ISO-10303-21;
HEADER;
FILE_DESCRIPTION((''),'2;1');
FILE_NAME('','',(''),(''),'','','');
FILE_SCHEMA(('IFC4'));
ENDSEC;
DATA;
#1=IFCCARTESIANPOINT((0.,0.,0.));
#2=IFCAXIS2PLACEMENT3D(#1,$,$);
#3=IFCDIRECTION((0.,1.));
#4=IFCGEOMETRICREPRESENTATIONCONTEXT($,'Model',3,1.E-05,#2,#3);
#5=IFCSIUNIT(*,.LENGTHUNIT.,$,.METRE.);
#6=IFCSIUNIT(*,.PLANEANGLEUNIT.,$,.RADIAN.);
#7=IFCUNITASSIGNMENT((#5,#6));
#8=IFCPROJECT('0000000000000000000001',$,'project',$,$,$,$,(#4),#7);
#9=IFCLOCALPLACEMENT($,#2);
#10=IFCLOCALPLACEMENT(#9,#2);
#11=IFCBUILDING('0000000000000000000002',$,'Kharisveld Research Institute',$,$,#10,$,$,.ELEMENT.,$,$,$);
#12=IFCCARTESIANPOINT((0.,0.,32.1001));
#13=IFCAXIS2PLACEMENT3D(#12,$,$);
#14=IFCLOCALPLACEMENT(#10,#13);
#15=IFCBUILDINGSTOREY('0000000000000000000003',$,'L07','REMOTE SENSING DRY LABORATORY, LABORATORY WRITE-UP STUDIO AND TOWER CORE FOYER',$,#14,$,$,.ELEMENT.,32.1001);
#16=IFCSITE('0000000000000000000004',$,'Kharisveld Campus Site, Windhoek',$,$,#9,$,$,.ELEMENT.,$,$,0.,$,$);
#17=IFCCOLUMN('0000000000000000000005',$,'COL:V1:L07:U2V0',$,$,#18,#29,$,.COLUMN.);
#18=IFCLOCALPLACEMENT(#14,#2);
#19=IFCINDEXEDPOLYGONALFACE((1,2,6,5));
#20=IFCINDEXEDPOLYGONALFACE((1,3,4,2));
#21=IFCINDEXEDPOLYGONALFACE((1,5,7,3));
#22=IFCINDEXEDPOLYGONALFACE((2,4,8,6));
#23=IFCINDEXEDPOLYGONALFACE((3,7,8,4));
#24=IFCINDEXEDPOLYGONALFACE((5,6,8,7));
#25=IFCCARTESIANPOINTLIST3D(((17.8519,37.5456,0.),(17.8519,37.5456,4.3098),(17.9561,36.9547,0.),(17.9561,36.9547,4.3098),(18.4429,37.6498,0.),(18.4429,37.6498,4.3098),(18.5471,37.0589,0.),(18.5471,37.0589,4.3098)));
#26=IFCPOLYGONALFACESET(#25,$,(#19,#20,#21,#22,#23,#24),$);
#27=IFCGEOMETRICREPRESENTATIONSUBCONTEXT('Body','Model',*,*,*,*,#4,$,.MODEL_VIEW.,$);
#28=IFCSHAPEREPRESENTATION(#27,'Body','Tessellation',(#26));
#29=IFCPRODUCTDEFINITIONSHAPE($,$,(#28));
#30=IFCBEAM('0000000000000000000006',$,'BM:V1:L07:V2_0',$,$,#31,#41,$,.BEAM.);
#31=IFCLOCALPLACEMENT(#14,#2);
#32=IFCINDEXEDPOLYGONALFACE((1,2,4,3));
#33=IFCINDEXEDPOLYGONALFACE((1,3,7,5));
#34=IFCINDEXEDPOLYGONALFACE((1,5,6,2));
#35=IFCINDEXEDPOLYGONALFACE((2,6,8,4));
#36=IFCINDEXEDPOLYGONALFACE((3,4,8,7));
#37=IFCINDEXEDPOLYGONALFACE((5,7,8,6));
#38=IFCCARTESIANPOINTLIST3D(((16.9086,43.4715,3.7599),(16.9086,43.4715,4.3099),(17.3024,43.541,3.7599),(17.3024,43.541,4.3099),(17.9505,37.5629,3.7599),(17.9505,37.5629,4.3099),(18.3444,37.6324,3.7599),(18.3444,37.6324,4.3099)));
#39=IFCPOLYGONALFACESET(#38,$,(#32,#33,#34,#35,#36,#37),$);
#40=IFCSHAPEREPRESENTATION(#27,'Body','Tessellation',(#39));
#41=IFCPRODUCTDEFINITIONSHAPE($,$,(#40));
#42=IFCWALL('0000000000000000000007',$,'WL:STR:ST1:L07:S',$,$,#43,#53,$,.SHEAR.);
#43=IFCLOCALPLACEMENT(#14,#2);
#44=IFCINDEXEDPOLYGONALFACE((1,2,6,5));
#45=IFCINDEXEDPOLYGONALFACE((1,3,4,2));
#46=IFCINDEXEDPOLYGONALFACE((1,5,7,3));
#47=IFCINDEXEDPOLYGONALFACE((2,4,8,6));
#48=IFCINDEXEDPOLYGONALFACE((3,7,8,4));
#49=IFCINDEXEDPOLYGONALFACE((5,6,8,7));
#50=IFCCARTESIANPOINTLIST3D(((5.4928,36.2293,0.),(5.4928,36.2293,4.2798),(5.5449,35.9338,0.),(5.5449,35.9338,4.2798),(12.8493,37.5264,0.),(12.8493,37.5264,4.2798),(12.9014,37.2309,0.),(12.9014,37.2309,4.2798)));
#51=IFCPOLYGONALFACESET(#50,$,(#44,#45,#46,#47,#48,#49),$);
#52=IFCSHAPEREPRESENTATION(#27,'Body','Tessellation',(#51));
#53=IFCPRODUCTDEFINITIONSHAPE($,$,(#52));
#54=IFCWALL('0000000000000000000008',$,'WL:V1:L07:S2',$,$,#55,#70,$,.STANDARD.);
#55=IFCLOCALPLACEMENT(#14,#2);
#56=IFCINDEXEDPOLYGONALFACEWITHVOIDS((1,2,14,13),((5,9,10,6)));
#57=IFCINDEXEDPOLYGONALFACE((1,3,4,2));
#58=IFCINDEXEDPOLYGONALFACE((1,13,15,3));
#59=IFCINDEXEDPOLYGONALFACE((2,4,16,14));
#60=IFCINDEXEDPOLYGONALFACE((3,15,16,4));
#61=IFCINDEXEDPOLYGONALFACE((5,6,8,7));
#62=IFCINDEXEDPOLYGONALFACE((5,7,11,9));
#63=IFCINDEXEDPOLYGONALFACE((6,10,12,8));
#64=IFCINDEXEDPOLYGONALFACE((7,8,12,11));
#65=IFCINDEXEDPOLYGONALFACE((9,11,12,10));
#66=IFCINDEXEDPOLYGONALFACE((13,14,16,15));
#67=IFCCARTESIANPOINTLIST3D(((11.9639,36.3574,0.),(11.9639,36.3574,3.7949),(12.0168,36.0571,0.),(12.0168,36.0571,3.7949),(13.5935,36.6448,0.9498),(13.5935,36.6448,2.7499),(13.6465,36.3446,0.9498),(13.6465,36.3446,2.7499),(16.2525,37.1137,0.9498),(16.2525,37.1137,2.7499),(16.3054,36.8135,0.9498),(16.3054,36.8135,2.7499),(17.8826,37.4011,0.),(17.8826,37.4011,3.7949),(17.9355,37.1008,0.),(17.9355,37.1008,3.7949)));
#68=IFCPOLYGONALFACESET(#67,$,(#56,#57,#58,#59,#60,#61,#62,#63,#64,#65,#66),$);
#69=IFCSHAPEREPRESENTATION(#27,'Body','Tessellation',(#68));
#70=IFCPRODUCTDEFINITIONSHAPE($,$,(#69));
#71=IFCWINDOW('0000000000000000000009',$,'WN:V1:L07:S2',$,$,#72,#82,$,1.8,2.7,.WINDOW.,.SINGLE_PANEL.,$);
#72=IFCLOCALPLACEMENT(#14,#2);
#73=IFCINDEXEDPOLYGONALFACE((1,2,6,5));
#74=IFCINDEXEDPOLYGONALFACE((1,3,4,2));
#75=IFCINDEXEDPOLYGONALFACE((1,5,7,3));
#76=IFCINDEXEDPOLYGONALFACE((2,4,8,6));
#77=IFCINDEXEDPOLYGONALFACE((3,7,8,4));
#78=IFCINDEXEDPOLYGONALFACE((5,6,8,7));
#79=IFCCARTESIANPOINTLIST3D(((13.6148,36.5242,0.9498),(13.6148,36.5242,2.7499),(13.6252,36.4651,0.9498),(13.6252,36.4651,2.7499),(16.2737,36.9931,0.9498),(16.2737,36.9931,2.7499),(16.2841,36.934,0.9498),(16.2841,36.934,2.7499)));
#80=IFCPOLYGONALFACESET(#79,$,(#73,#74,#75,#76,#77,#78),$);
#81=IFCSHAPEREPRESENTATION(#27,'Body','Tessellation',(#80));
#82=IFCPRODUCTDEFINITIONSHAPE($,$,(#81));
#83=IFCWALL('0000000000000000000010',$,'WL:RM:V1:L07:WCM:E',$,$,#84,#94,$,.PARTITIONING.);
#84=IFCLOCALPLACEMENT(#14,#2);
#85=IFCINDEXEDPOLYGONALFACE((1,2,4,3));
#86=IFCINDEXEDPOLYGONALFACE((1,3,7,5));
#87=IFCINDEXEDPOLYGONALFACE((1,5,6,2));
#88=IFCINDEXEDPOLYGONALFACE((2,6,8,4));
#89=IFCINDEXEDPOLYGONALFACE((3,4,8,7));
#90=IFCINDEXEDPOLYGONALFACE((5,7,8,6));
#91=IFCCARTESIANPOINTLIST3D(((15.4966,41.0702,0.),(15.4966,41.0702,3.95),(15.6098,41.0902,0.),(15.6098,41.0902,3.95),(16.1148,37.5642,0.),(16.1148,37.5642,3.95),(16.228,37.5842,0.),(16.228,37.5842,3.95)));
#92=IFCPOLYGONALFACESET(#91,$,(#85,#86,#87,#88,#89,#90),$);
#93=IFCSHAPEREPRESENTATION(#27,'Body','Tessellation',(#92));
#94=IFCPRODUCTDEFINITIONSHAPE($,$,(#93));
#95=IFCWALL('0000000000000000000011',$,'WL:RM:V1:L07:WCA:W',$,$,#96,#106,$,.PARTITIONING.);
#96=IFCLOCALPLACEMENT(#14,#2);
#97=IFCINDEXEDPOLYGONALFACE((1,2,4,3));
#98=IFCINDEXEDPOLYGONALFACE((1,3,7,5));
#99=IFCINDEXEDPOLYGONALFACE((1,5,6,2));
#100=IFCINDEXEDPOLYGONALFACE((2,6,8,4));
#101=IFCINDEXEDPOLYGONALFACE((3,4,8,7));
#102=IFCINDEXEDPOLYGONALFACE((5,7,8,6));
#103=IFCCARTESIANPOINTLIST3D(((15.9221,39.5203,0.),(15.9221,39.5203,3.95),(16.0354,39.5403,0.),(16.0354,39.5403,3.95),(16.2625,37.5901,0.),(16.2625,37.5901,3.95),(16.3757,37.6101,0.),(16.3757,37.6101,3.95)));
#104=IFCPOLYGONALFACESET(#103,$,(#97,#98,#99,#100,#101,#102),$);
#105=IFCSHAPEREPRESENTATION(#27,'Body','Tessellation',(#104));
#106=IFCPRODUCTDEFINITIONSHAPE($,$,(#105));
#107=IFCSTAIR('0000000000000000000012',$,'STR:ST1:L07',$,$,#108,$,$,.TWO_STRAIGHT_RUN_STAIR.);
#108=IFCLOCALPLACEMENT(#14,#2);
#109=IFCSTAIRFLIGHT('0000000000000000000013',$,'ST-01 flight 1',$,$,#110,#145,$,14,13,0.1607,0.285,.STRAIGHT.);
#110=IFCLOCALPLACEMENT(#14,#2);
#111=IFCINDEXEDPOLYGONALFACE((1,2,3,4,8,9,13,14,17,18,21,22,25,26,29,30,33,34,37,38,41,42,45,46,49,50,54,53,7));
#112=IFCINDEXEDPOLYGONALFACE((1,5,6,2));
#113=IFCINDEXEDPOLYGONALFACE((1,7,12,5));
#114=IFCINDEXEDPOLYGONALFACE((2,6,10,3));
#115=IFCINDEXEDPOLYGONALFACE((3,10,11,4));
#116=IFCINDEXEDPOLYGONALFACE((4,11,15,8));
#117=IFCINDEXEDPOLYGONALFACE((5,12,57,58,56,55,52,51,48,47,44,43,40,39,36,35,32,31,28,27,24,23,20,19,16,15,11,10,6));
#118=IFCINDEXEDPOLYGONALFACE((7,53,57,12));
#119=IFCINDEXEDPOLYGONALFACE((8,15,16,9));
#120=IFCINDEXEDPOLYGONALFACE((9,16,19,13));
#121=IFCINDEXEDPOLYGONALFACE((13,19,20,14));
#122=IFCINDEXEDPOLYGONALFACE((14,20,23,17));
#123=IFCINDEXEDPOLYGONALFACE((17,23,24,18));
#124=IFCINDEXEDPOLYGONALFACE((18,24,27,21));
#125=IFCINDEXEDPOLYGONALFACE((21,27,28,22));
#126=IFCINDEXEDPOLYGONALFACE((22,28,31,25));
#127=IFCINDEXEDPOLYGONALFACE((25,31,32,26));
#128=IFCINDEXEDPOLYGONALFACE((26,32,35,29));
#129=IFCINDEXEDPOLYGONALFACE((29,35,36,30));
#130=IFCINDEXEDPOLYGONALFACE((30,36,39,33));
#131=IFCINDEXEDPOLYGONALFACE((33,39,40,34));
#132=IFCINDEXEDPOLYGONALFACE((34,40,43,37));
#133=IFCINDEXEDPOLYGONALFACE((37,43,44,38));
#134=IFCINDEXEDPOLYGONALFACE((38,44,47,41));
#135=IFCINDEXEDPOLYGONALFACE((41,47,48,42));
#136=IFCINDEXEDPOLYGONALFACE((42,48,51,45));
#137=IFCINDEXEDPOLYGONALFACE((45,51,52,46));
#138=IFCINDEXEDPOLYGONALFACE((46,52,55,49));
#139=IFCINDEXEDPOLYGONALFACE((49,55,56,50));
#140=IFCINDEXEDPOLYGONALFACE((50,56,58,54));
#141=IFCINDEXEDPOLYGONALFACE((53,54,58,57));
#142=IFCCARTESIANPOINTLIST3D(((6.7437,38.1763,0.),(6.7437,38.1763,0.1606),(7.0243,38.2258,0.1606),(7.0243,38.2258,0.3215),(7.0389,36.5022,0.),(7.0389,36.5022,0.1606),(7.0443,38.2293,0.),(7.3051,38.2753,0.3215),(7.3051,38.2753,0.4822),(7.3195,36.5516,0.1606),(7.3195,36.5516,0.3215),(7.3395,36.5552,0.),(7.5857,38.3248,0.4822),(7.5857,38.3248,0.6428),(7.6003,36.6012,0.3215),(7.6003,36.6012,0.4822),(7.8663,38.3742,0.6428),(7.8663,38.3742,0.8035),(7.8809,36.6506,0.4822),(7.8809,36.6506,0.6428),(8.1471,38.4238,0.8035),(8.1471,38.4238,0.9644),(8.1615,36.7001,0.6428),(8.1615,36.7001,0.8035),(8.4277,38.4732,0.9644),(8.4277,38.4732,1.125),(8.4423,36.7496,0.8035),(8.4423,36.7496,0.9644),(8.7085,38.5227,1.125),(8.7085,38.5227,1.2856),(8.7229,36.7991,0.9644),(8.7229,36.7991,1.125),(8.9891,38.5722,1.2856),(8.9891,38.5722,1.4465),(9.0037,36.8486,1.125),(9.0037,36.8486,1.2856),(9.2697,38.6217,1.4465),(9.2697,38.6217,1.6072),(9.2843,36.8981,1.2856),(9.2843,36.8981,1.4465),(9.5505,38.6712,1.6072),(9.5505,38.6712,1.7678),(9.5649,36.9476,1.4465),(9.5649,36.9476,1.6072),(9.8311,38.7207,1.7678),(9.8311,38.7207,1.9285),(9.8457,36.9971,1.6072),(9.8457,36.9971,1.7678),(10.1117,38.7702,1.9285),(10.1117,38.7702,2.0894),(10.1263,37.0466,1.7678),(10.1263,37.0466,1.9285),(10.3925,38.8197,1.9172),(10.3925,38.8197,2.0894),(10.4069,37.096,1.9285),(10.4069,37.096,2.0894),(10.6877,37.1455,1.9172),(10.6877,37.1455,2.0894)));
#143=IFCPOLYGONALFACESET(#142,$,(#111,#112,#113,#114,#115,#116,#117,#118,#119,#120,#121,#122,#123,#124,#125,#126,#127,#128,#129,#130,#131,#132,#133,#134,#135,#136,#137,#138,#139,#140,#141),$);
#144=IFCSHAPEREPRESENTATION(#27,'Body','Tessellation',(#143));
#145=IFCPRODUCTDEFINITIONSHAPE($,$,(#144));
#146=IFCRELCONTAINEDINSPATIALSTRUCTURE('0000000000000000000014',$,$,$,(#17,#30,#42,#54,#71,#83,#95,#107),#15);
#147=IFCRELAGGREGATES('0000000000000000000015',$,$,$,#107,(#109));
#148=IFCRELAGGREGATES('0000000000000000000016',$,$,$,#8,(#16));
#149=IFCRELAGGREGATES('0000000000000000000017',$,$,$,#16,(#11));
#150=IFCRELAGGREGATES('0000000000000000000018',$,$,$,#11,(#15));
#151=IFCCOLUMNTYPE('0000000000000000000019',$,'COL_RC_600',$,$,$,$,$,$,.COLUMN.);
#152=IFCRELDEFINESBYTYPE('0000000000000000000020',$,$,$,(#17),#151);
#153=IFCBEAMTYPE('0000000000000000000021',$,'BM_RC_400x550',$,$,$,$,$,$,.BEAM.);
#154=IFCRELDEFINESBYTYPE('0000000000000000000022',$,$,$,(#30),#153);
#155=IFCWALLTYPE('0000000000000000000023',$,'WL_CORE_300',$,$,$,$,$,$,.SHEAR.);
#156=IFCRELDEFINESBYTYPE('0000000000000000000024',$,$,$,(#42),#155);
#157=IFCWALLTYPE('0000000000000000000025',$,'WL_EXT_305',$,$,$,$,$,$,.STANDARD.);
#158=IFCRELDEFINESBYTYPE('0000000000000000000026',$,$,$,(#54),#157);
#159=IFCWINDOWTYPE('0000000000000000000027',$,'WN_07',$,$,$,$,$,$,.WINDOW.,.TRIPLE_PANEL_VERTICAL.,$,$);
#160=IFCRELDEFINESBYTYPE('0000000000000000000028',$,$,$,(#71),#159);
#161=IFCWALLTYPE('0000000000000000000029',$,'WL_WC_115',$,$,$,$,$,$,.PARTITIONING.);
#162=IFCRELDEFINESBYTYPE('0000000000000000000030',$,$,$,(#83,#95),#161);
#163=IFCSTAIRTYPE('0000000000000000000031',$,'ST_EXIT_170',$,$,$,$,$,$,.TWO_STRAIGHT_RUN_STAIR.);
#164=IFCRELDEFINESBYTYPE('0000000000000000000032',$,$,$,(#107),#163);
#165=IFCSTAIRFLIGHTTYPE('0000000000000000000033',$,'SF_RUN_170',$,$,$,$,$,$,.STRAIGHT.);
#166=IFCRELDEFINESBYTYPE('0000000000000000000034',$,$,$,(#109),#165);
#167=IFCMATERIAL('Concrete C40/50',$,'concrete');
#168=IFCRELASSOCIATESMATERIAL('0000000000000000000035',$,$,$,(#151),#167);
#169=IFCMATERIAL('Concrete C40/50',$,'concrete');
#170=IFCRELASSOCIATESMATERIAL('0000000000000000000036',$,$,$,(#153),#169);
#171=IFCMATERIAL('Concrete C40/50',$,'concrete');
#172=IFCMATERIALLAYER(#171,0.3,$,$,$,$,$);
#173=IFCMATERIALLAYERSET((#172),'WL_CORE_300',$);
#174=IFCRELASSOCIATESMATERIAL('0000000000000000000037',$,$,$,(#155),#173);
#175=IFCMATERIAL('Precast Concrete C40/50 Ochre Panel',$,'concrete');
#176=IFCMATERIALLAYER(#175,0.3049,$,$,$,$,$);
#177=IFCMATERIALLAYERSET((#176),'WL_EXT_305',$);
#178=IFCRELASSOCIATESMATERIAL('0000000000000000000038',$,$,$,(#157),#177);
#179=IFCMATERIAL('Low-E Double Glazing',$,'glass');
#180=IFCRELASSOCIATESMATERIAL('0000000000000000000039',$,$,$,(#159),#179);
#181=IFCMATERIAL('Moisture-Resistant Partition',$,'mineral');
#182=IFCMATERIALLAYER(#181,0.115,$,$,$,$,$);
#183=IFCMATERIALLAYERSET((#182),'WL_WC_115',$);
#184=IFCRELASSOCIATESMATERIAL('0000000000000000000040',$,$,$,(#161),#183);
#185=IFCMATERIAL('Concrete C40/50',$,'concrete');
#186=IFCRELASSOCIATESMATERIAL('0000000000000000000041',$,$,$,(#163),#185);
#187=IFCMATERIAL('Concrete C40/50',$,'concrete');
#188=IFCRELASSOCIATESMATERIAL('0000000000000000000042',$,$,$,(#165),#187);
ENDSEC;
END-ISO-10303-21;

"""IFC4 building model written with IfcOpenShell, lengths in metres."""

from ifc_helpers import new_model, si_unit, direction, frame, frame_2d, origin, origin_2d, place, context, subcontext, project, spatial, polyline, rectangle, outline, extrude, material, layer, layer_set, material_profile, profile_set, type_object, element, fill, aggregate, save


model = new_model("IFC4")

# Units and contexts
model_context = context("Model", 3, precision=1e-05, world=origin(), true_north=direction((0.0, 1.0)))
body_context = subcontext(model_context, "Body", "Model", "MODEL_VIEW")
ifc_project = project(units=[si_unit("LENGTHUNIT", "METRE"), si_unit("PLANEANGLEUNIT", "RADIAN")], contexts=[model_context])

# Site, building, storey
site_placement = place(None, origin())
site = spatial("IfcSite", under=ifc_project, at=site_placement, Name="Kharisveld Campus Site, Windhoek", CompositionType="ELEMENT", RefElevation=0.0)
building_placement = place(site_placement, origin())
building = spatial("IfcBuilding", under=site, at=building_placement, Name="Kharisveld Research Institute", CompositionType="ELEMENT")
storey_placement = place(building_placement, frame((0.0, 0.0, 32.1001)))
storey = spatial("IfcBuildingStorey", under=building, at=storey_placement, Name="L07", Description="REMOTE SENSING DRY LABORATORY, LABORATORY WRITE-UP STUDIO AND TOWER CORE FOYER", CompositionType="ELEMENT", Elevation=32.1001)

# Column
ifc_material_1 = material(Name="Concrete C40/50", Category="concrete")
ifc_material_profile_1 = material_profile(ifc_material_1, rectangle(XDim=0.6001, YDim=0.6001, at=origin_2d()))
ifc_profile_set_1 = profile_set([ifc_material_profile_1], Name="Concrete C40/50")
column_type = type_object("IfcColumnType", Name="COL_RC_600", PredefinedType="COLUMN", material=ifc_profile_set_1)
column_placement = place(storey_placement, frame((18.1995, 37.3022, 0.0), z_axis=(0.0, 0.0, 1.0), x_axis=(0.984808, 0.173648, 0.0)))
element("IfcColumn", 1, at=column_placement, inside=storey, type_object=column_type, Name="COL:V1:L07:U2V0", PredefinedType="COLUMN", context=body_context, shape_type="SweptSolid", body=[
    extrude(rectangle(XDim=0.6001, YDim=0.6001, at=origin_2d()), origin(), (0.0, 0.0, 1.0), 4.3098),
])

# Beam
ifc_material_2 = material(Name="Concrete C40/50", Category="concrete")
ifc_material_profile_2 = material_profile(ifc_material_2, rectangle(XDim=0.3999, YDim=0.55, at=origin_2d()))
ifc_profile_set_2 = profile_set([ifc_material_profile_2], Name="Concrete C40/50")
beam_type = type_object("IfcBeamType", Name="BM_RC_400x550", PredefinedType="BEAM", material=ifc_profile_set_2)
beam_placement = place(storey_placement, frame((18.1475, 37.5977, 4.0349), z_axis=(-0.173669, 0.984804, 0.0), x_axis=(-0.984804, -0.173669, 0.0)))
element("IfcBeam", 2, at=beam_placement, inside=storey, type_object=beam_type, Name="BM:V1:L07:V2_0", PredefinedType="BEAM", context=body_context, shape_type="SweptSolid", body=[
    extrude(rectangle(XDim=0.3999, YDim=0.55, at=origin_2d()), origin(), (0.0, 0.0, 1.0), 5.9998),
])

# Shared definitions
ifc_material_3 = material(Name="Concrete C40/50", Category="concrete")
ifc_layer_1 = layer(ifc_material_3, 0.3)
ifc_layer_set_1 = layer_set([ifc_layer_1], Name="WL_CORE_300")
wall_type_1 = type_object("IfcWallType", Name="WL_CORE_300", PredefinedType="SHEAR", material=ifc_layer_set_1)

# Wall
wall_1_placement = place(storey_placement, frame((12.8752, 37.3787, 0.0), z_axis=(0.0, 0.0, 1.0), x_axis=(-0.984808, -0.173645, 0.0)))
element("IfcWall", 3, at=wall_1_placement, inside=storey, type_object=wall_type_1, Name="WL:STR:ST1:L07:S", PredefinedType="SHEAR", context=body_context, shape_type="SweptSolid", body=[
    extrude(rectangle(XDim=7.47, YDim=0.3, at=frame_2d((3.7349, 0.0))), origin(), (0.0, 0.0, 1.0), 4.2798),
])

# Wall, opening, window
ifc_material_4 = material(Name="Precast Concrete C40/50 Ochre Panel", Category="concrete")
ifc_layer_2 = layer(ifc_material_4, 0.3049)
ifc_layer_set_2 = layer_set([ifc_layer_2], Name="WL_EXT_305")
wall_type_2 = type_object("IfcWallType", Name="WL_EXT_305", PredefinedType="STANDARD", material=ifc_layer_set_2)
wall_2_placement = place(storey_placement, frame((17.9089, 37.251, 0.0), z_axis=(0.0, 0.0, 1.0), x_axis=(-0.984806, -0.17366, 0.0)))
wall_2 = element("IfcWall", 4, at=wall_2_placement, inside=storey, type_object=wall_type_2, Name="WL:V1:L07:S2", PredefinedType="STANDARD", context=body_context, shape_type="SweptSolid", body=[
    extrude(rectangle(XDim=6.01, YDim=0.3049, at=frame_2d((3.0049, 0.0))), origin(), (0.0, 0.0, 1.0), 3.7949),
])
opening_1_placement = place(wall_2_placement, frame((1.655, 0.0, 0.95)))
opening_1 = element("IfcOpeningElement", 5, at=opening_1_placement, cuts=wall_2, PredefinedType="OPENING", context=body_context, shape_type="SweptSolid", body=[
    extrude(rectangle(XDim=2.7, YDim=1.8, at=frame_2d((1.3501, 0.8999))), frame((0.0, 0.1523, 0.0), z_axis=(0.0, -1.0, 0.0), x_axis=(1.0, 0.0, 0.0)), (0.0, 0.0, 1.0), 0.3049),
])
ifc_material_5 = material(Name="Low-E Double Glazing", Category="glass")
window_type = type_object("IfcWindowType", Name="WN_07", PartitioningType="TRIPLE_PANEL_VERTICAL", PredefinedType="WINDOW", material=ifc_material_5)
window_placement = place(opening_1_placement, origin())
window = element("IfcWindow", 6, at=window_placement, inside=storey, type_object=window_type, Name="WN:V1:L07:S2", OverallHeight=1.8, OverallWidth=2.7, PartitioningType="SINGLE_PANEL", PredefinedType="WINDOW", context=body_context, shape_type="SweptSolid", body=[
    extrude(rectangle(XDim=2.7, YDim=1.8, at=frame_2d((1.3501, 0.8999))), frame((0.0, 0.03, 0.0), z_axis=(0.0, -1.0, 0.0), x_axis=(1.0, 0.0, 0.0)), (0.0, 0.0, 1.0), 0.0601),
])
fill(opening_1, window)

# Wall
ifc_material_6 = material(Name="Moisture-Resistant Partition", Category="mineral")
ifc_layer_3 = layer(ifc_material_6, 0.115)
ifc_layer_set_3 = layer_set([ifc_layer_3], Name="WL_WC_115")
wall_type_3 = type_object("IfcWallType", Name="WL_WC_115", PredefinedType="PARTITIONING", material=ifc_layer_set_3)
wall_3_placement = place(storey_placement, frame((16.1714, 37.5742, 0.0), z_axis=(0.0, 0.0, 1.0), x_axis=(-0.173644, 0.984808, 0.0)))
element("IfcWall", 7, at=wall_3_placement, inside=storey, type_object=wall_type_3, Name="WL:RM:V1:L07:WCM:E", PredefinedType="PARTITIONING", context=body_context, shape_type="SweptSolid", body=[
    extrude(rectangle(XDim=3.5601, YDim=0.115, at=frame_2d((1.78, 0.0))), origin(), (0.0, 0.0, 1.0), 3.95),
])

# Wall
wall_4_placement = place(storey_placement, frame((15.9788, 39.5303, 0.0), z_axis=(0.0, 0.0, 1.0), x_axis=(0.173643, -0.984809, 0.0)))
element("IfcWall", 8, at=wall_4_placement, inside=storey, type_object=wall_type_3, Name="WL:RM:V1:L07:WCA:W", PredefinedType="PARTITIONING", context=body_context, shape_type="SweptSolid", body=[
    extrude(rectangle(XDim=1.96, YDim=0.115, at=frame_2d((0.98, 0.0))), origin(), (0.0, 0.0, 1.0), 3.95),
])

# Stair, stair flight
ifc_material_7 = material(Name="Concrete C40/50", Category="concrete")
stair_type = type_object("IfcStairType", Name="ST_EXIT_170", PredefinedType="TWO_STRAIGHT_RUN_STAIR", material=ifc_material_7)
stair_placement = place(storey_placement, origin())
stair = element("IfcStair", 9, at=stair_placement, inside=storey, type_object=stair_type, Name="STR:ST1:L07", PredefinedType="TWO_STRAIGHT_RUN_STAIR")
ifc_material_8 = material(Name="Concrete C40/50", Category="concrete")
stair_flight_type = type_object("IfcStairFlightType", Name="SF_RUN_170", PredefinedType="STRAIGHT", material=ifc_material_8)
stair_flight_1_placement = place(storey_placement, frame((6.8914, 37.3391, 0.0), z_axis=(0.0, 0.0, 1.0), x_axis=(0.984808, 0.173648, 0.0)))
stair_flight_1 = element("IfcStairFlight", 10, at=stair_flight_1_placement, type_object=stair_flight_type, Name="ST-01 flight 1", NumberOfRisers=14, NumberOfTreads=13, PredefinedType="STRAIGHT", RiserHeight=0.1607, TreadLength=0.285, context=body_context, shape_type="SweptSolid", body=[
    extrude(outline(polyline([(0.0, 0.0), (0.0, 0.1606), (0.2849, 0.1606), (0.2849, 0.3215), (0.5701, 0.3215), (0.5701, 0.4822), (0.855, 0.4822), (0.855, 0.6428), (1.1399, 0.6428), (1.1399, 0.8035), (1.425, 0.8035), (1.425, 0.9644), (1.71, 0.9644), (1.71, 1.125), (1.9951, 1.125), (1.9951, 1.2856), (2.28, 1.2856), (2.28, 1.4465), (2.5649, 1.4465), (2.5649, 1.6072), (2.8501, 1.6072), (2.8501, 1.7678), (3.135, 1.7678), (3.135, 1.9285), (3.4199, 1.9285), (3.4199, 2.0894), (3.7051, 2.0894), (3.7051, 2.25), (3.7051, 1.9172), (0.3052, 0.0), (0.0, 0.0)])), frame((0.0, 0.8501, 0.0), z_axis=(0.0, -1.0, 0.0), x_axis=(1.0, 0.0, 0.0)), (0.0, 0.0, 1.0), 1.7),
])
aggregate(stair, [stair_flight_1])

save(model, "model.ifc")
